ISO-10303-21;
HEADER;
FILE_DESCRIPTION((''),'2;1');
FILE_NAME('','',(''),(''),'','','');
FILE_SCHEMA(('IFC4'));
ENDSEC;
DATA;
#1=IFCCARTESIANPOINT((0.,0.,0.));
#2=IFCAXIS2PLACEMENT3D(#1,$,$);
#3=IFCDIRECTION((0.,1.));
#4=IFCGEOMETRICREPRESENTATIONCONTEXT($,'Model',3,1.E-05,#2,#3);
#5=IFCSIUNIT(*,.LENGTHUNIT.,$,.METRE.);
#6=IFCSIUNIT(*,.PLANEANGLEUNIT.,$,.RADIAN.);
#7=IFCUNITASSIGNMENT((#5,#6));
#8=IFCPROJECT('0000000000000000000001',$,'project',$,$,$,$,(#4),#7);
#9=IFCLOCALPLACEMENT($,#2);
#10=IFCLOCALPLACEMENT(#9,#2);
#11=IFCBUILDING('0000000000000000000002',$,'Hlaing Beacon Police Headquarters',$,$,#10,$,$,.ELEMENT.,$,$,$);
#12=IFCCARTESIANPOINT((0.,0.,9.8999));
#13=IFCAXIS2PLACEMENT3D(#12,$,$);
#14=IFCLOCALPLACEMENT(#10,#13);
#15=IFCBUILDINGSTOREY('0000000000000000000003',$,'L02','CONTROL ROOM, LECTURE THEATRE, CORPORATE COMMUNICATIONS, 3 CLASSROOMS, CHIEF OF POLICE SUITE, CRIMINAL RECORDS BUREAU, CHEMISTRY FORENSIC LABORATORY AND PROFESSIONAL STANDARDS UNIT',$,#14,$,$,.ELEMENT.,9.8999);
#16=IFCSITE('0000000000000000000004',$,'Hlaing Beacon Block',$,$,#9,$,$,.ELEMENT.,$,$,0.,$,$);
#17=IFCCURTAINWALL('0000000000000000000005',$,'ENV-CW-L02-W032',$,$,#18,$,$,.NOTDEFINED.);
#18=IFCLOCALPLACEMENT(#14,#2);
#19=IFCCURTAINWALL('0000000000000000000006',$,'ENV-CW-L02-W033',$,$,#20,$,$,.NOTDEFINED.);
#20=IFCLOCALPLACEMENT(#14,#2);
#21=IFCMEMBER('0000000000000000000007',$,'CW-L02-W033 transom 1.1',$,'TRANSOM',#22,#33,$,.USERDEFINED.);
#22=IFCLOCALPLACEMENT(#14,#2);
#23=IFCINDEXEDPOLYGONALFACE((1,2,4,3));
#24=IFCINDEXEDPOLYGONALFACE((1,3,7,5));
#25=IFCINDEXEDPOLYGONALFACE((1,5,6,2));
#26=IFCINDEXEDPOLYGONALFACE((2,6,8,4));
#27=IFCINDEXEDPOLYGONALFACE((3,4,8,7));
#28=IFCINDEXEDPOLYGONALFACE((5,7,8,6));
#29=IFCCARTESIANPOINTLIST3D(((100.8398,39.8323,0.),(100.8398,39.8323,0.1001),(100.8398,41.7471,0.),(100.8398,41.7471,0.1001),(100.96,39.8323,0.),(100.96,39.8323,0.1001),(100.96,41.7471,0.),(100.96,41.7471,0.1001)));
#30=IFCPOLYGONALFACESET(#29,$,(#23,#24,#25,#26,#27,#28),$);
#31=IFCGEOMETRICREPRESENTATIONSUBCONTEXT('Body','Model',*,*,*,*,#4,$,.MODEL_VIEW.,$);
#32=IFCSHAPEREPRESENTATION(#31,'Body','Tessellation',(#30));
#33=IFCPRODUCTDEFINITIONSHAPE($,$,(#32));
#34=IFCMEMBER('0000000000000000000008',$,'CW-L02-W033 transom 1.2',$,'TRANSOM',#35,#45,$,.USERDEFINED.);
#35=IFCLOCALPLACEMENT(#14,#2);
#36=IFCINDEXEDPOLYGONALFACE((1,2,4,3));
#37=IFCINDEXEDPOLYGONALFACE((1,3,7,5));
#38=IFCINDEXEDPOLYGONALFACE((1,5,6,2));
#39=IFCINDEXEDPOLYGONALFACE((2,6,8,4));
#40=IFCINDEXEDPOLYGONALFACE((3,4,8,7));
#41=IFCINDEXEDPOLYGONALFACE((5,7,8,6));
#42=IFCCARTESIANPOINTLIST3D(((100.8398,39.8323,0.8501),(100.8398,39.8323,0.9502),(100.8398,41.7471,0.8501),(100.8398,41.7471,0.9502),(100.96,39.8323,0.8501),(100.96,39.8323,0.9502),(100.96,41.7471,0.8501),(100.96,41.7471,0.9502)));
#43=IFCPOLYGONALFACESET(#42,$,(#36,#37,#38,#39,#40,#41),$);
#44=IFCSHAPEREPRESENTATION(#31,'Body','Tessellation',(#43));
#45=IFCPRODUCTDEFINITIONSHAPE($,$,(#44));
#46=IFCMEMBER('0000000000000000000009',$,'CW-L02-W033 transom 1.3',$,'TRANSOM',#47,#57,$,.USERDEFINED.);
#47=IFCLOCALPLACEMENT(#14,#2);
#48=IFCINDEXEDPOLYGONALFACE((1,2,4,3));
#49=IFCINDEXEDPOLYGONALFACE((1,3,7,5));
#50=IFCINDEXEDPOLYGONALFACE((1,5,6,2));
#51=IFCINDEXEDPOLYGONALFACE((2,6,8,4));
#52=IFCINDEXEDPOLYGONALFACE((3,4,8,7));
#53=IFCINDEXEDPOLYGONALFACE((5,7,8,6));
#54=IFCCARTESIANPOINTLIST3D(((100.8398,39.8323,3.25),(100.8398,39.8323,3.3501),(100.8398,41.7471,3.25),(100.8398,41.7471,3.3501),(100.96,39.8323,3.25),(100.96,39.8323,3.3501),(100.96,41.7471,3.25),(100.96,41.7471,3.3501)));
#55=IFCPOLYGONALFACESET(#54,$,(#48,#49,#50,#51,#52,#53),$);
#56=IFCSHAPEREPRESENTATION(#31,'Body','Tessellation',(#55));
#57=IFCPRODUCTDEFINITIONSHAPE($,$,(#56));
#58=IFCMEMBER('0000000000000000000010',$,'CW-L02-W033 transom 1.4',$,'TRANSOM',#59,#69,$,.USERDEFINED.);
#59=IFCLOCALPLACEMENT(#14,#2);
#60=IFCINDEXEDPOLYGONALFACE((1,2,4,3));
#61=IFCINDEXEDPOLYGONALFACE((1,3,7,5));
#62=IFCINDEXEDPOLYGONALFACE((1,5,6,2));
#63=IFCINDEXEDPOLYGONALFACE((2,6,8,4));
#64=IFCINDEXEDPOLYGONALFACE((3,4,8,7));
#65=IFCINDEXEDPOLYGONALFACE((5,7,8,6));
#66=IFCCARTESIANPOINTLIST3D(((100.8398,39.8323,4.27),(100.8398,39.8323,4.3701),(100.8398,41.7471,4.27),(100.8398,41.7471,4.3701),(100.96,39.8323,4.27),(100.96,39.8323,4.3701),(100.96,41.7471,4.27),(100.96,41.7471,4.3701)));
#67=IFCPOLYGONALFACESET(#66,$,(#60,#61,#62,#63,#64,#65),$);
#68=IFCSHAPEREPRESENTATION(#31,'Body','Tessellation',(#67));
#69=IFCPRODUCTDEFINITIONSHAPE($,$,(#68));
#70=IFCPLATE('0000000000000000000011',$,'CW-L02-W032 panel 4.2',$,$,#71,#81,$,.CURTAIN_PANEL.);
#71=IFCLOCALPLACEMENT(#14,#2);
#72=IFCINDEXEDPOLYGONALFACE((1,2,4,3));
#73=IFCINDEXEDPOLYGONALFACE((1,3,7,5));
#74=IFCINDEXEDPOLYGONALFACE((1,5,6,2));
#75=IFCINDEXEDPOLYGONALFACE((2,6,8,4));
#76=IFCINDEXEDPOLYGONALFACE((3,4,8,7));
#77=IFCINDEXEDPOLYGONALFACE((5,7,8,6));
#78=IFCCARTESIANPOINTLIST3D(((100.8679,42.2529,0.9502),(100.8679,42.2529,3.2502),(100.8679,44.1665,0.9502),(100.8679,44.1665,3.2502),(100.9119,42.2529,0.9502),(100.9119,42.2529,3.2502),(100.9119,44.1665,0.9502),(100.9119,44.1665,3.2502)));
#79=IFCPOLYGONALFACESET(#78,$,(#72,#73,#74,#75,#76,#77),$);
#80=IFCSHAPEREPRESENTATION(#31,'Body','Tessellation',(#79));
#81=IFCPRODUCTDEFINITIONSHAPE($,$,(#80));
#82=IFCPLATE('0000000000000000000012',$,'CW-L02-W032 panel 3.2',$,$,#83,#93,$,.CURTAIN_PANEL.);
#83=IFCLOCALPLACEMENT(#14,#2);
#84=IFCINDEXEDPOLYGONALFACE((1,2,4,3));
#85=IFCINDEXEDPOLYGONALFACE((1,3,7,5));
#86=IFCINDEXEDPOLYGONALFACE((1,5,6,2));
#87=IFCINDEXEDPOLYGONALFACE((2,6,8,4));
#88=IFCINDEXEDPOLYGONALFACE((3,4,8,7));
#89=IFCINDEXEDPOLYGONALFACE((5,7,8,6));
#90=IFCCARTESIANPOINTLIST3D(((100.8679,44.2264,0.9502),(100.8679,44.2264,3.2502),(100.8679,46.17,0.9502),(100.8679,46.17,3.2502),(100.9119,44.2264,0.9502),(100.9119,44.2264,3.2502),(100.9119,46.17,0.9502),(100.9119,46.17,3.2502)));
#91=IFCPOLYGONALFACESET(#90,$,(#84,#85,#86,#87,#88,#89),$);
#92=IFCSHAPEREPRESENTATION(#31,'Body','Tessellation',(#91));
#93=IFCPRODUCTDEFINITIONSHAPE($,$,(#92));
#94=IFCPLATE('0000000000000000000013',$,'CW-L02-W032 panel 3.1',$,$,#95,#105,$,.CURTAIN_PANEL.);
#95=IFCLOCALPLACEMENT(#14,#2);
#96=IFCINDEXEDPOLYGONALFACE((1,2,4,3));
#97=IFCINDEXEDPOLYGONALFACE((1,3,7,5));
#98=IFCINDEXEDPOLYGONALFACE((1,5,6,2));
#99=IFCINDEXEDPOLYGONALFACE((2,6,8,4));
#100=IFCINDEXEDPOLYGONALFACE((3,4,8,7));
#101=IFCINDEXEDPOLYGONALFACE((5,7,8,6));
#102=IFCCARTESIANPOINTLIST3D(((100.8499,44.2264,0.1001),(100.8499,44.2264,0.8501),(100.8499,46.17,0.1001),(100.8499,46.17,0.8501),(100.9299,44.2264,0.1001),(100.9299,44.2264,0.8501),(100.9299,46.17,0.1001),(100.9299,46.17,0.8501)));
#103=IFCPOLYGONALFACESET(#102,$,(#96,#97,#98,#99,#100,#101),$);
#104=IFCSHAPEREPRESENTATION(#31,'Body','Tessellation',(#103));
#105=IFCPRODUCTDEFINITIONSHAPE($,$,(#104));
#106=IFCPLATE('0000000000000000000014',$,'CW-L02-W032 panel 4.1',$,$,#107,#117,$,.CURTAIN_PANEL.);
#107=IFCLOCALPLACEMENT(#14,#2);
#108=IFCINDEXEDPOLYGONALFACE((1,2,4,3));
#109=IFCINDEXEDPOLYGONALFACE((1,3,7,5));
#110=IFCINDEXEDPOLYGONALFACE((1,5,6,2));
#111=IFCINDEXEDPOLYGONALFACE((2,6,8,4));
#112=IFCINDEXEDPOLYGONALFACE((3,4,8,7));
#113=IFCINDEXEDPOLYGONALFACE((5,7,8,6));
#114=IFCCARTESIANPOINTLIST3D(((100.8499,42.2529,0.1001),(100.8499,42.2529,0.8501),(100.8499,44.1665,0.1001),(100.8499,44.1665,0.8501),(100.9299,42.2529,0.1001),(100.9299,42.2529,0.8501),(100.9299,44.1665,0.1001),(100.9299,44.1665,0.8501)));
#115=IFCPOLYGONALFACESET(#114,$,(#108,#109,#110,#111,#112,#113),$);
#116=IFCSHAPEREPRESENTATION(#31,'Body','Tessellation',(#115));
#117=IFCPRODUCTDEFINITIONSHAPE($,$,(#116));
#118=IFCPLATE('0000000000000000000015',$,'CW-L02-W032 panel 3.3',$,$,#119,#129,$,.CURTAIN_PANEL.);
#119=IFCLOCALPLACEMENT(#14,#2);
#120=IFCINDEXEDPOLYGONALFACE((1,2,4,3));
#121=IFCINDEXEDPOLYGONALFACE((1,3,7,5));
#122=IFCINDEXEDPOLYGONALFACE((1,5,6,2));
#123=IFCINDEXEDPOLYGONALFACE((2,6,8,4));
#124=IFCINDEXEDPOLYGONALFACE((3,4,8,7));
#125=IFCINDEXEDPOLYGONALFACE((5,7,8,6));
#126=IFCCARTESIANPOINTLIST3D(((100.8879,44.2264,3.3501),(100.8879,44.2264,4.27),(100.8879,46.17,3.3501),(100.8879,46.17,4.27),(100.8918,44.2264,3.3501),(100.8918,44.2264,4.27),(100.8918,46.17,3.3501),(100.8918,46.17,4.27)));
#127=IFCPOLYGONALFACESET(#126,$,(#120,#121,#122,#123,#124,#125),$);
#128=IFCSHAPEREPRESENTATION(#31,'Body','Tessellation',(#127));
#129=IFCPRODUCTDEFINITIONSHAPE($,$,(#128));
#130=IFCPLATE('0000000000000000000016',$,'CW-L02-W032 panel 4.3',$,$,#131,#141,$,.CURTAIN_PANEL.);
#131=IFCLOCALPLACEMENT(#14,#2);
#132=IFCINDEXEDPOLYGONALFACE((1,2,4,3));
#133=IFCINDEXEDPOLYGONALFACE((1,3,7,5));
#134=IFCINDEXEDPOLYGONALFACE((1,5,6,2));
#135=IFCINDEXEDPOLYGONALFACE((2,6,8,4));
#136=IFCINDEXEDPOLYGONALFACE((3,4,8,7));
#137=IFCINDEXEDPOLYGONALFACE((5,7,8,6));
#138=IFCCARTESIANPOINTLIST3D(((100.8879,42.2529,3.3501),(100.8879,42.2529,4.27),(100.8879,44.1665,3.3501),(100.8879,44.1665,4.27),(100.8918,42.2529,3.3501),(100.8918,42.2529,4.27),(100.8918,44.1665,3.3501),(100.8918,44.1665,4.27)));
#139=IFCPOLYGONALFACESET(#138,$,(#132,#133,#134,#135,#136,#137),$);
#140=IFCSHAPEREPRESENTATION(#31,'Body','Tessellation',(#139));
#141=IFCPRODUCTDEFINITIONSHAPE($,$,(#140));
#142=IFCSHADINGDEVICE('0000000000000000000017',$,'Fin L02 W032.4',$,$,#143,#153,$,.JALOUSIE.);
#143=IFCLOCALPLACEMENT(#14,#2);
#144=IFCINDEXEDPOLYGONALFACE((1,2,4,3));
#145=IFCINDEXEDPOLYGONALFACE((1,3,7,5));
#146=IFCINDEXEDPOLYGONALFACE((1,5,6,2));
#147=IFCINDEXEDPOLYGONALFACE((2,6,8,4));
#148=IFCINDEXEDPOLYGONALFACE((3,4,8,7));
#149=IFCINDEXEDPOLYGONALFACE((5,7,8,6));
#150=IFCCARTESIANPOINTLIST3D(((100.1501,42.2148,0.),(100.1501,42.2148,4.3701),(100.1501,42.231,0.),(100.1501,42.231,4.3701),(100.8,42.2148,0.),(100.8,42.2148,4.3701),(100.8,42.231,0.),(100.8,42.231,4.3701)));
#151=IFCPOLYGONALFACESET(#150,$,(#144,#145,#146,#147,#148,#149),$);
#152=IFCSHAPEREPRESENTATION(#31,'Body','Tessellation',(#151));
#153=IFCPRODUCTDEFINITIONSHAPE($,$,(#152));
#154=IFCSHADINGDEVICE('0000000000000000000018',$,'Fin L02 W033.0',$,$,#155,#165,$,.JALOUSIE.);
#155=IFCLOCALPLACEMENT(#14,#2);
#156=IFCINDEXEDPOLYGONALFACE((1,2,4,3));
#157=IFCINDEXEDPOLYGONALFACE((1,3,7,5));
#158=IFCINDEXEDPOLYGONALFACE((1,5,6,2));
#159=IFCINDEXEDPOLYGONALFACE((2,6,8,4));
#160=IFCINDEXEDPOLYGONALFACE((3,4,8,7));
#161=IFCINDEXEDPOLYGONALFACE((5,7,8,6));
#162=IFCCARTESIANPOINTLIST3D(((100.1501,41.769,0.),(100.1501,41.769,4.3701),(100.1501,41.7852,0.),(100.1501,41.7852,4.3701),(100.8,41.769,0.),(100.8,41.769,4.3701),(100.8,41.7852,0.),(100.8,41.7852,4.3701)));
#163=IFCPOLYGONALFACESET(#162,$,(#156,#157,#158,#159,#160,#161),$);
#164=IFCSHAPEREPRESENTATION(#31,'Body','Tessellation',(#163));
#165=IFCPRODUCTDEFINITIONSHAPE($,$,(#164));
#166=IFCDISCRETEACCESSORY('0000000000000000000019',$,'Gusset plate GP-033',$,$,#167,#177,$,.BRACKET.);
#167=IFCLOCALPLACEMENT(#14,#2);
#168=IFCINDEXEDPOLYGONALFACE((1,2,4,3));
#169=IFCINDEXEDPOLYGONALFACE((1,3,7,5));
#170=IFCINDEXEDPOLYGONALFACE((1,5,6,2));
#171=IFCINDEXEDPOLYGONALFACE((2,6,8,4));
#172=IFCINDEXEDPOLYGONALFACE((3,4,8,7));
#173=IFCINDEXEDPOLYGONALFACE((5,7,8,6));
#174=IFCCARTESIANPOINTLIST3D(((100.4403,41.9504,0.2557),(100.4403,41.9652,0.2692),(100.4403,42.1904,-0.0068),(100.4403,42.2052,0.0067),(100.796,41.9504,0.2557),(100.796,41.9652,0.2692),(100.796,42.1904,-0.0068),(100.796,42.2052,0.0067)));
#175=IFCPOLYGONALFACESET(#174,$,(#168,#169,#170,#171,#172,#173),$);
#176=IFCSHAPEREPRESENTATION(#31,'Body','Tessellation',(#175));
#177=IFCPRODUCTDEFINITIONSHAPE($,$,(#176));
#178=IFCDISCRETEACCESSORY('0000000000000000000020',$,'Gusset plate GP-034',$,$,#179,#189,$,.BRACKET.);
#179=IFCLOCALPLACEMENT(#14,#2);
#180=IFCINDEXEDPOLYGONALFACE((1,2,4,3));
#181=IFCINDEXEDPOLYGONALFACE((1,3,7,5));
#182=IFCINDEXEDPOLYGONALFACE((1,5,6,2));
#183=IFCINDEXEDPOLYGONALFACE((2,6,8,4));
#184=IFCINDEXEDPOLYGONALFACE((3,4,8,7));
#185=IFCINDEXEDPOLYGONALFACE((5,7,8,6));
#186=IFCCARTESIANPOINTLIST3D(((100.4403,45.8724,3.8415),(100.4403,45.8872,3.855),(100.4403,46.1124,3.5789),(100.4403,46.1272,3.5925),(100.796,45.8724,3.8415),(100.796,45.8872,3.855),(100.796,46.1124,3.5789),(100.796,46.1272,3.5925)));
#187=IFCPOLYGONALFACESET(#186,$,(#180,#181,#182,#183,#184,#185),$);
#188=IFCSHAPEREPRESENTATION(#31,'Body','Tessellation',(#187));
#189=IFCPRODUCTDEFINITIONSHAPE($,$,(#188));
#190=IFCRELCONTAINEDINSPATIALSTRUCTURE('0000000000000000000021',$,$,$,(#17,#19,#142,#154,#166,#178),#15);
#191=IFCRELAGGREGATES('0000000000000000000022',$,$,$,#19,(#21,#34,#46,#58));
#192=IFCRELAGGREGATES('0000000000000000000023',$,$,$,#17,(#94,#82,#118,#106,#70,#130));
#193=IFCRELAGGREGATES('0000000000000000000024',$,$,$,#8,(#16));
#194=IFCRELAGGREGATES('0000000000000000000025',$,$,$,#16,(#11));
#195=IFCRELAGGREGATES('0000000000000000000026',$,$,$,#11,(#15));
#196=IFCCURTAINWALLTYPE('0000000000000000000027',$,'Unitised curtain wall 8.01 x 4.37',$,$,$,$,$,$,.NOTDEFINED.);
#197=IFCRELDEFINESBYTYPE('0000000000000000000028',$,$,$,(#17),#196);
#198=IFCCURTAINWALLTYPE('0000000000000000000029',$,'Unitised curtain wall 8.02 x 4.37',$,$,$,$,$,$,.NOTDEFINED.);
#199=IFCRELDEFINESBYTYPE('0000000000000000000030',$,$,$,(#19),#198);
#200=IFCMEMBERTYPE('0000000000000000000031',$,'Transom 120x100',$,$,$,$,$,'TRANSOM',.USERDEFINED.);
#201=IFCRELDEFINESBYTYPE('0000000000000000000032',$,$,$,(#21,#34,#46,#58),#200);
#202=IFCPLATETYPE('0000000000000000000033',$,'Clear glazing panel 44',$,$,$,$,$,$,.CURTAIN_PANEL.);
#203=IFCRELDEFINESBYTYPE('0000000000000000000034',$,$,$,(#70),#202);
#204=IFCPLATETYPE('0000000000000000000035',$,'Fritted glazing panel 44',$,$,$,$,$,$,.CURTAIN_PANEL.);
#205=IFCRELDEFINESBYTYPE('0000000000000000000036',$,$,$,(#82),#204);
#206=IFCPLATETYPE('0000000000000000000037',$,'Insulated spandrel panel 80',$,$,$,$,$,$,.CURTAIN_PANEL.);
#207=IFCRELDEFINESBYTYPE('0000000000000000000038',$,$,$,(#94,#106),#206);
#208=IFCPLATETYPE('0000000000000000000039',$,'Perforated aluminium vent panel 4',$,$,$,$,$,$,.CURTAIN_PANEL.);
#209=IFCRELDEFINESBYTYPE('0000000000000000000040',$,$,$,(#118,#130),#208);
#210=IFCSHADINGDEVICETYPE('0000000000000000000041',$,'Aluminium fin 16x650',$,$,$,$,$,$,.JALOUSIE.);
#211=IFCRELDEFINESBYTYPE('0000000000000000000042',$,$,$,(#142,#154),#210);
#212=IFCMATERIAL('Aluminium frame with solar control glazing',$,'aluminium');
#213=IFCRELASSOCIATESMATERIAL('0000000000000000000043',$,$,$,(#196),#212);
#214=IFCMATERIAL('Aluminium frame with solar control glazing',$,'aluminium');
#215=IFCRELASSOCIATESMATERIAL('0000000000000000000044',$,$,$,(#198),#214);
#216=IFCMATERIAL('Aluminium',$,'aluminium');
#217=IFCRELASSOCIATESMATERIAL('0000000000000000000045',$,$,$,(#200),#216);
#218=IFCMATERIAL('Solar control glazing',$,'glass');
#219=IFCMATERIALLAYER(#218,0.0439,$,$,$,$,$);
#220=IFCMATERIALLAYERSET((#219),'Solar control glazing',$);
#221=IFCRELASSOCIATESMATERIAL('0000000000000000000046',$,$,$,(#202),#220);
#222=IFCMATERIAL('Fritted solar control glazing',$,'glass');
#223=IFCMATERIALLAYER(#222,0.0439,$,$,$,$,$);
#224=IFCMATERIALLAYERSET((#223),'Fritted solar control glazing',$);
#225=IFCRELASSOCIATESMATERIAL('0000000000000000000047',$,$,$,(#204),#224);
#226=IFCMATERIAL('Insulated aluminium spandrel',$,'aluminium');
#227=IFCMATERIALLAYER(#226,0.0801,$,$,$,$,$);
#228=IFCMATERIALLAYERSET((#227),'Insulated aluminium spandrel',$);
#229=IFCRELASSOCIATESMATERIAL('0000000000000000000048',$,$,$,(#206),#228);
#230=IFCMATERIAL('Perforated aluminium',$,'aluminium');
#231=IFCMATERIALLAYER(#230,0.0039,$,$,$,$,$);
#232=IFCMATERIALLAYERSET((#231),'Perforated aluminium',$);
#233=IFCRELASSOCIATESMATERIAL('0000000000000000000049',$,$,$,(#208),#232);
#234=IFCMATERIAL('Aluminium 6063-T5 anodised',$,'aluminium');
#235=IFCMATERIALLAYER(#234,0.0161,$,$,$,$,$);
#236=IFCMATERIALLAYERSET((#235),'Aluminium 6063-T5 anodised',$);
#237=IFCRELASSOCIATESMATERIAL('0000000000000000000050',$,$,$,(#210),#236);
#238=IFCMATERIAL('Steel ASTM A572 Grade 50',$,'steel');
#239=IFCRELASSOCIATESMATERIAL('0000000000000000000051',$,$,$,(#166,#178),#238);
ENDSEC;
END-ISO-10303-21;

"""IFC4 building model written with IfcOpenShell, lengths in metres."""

from ifc_helpers import new_model, si_unit, direction, frame, origin, origin_2d, place, context, subcontext, project, spatial, rectangle, extrude, material, layer, layer_set, material_profile, profile_set, type_object, element, aggregate, save


model = new_model("IFC4")

# Units and contexts
model_context = context("Model", 3, precision=1e-05, world=origin(), true_north=direction((0.0, 1.0)))
body_context = subcontext(model_context, "Body", "Model", "MODEL_VIEW")
ifc_project = project(units=[si_unit("LENGTHUNIT", "METRE"), si_unit("PLANEANGLEUNIT", "RADIAN")], contexts=[model_context])

# Site, building, storey
site_placement = place(None, origin())
site = spatial("IfcSite", under=ifc_project, at=site_placement, Name="Hlaing Beacon Block", CompositionType="ELEMENT", RefElevation=0.0)
building_placement = place(site_placement, origin())
building = spatial("IfcBuilding", under=site, at=building_placement, Name="Hlaing Beacon Police Headquarters", CompositionType="ELEMENT")
storey_placement = place(building_placement, frame((0.0, 0.0, 9.8999)))
storey = spatial("IfcBuildingStorey", under=building, at=storey_placement, Name="L02", Description="CONTROL ROOM, LECTURE THEATRE, CORPORATE COMMUNICATIONS, 3 CLASSROOMS, CHIEF OF POLICE SUITE, CRIMINAL RECORDS BUREAU, CHEMISTRY FORENSIC LABORATORY AND PROFESSIONAL STANDARDS UNIT", CompositionType="ELEMENT", Elevation=9.8999)

# Curtain walls
ifc_material_1 = material(Name="Aluminium frame with solar control glazing", Category="aluminium")
curtain_wall_type_1 = type_object("IfcCurtainWallType", Name="Unitised curtain wall 8.01 x 4.37", PredefinedType="NOTDEFINED", material=ifc_material_1)
curtain_wall_1_placement = place(storey_placement, origin())
curtain_wall_1 = element("IfcCurtainWall", 1, at=curtain_wall_1_placement, inside=storey, type_object=curtain_wall_type_1, Name="ENV-CW-L02-W032", PredefinedType="NOTDEFINED")
ifc_material_2 = material(Name="Aluminium frame with solar control glazing", Category="aluminium")
curtain_wall_type_2 = type_object("IfcCurtainWallType", Name="Unitised curtain wall 8.02 x 4.37", PredefinedType="NOTDEFINED", material=ifc_material_2)
curtain_wall_2_placement = place(storey_placement, origin())
curtain_wall_2 = element("IfcCurtainWall", 2, at=curtain_wall_2_placement, inside=storey, type_object=curtain_wall_type_2, Name="ENV-CW-L02-W033", PredefinedType="NOTDEFINED")

# Members
ifc_material_3 = material(Name="Aluminium", Category="aluminium")
ifc_material_profile_1 = material_profile(ifc_material_3, rectangle(XDim=0.1201, YDim=0.1001, at=origin_2d()), Name="Transom 120x100")
ifc_profile_set_1 = profile_set([ifc_material_profile_1], Name="Aluminium")
member_type_1 = type_object("IfcMemberType", Name="Transom 120x100", ElementType="TRANSOM", PredefinedType="USERDEFINED", material=ifc_profile_set_1)
member_1_placement = place(storey_placement, frame((100.8999, 41.7471, 0.05), z_axis=(0.0, -1.0, 0.0), x_axis=(1.0, 0.0, 0.0)))
member_1 = element("IfcMember", 3, at=member_1_placement, type_object=member_type_1, Name="CW-L02-W033 transom 1.1", ObjectType="TRANSOM", PredefinedType="USERDEFINED", context=body_context, shape_type="SweptSolid", body=[
    extrude(rectangle(XDim=0.1201, YDim=0.1001, at=origin_2d()), origin(), (0.0, 0.0, 1.0), 1.9148),
])
member_2_placement = place(storey_placement, frame((100.8999, 41.7471, 0.9001), z_axis=(0.0, -1.0, 0.0), x_axis=(1.0, 0.0, 0.0)))
member_2 = element("IfcMember", 4, at=member_2_placement, type_object=member_type_1, Name="CW-L02-W033 transom 1.2", ObjectType="TRANSOM", PredefinedType="USERDEFINED", context=body_context, shape_type="SweptSolid", body=[
    extrude(rectangle(XDim=0.1201, YDim=0.1001, at=origin_2d()), origin(), (0.0, 0.0, 1.0), 1.9148),
])
member_3_placement = place(storey_placement, frame((100.8999, 41.7471, 3.3), z_axis=(0.0, -1.0, 0.0), x_axis=(1.0, 0.0, 0.0)))
member_3 = element("IfcMember", 5, at=member_3_placement, type_object=member_type_1, Name="CW-L02-W033 transom 1.3", ObjectType="TRANSOM", PredefinedType="USERDEFINED", context=body_context, shape_type="SweptSolid", body=[
    extrude(rectangle(XDim=0.1201, YDim=0.1001, at=origin_2d()), origin(), (0.0, 0.0, 1.0), 1.9148),
])
member_4_placement = place(storey_placement, frame((100.8999, 41.7471, 4.3201), z_axis=(0.0, -1.0, 0.0), x_axis=(1.0, 0.0, 0.0)))
member_4 = element("IfcMember", 6, at=member_4_placement, type_object=member_type_1, Name="CW-L02-W033 transom 1.4", ObjectType="TRANSOM", PredefinedType="USERDEFINED", context=body_context, shape_type="SweptSolid", body=[
    extrude(rectangle(XDim=0.1201, YDim=0.1001, at=origin_2d()), origin(), (0.0, 0.0, 1.0), 1.9148),
])
aggregate(curtain_wall_2, [member_1, member_2, member_3, member_4])

# Plates
ifc_material_4 = material(Name="Solar control glazing", Category="glass")
ifc_layer_1 = layer(ifc_material_4, 0.0439)
ifc_layer_set_1 = layer_set([ifc_layer_1], Name="Solar control glazing")
plate_type_1 = type_object("IfcPlateType", Name="Clear glazing panel 44", PredefinedType="CURTAIN_PANEL", material=ifc_layer_set_1)
plate_1_placement = place(storey_placement, frame((100.8899, 43.2097, 0.9502), z_axis=(0.0, 0.0, 1.0), x_axis=(0.0, -1.0, 0.0)))
plate_1 = element("IfcPlate", 7, at=plate_1_placement, type_object=plate_type_1, Name="CW-L02-W032 panel 4.2", PredefinedType="CURTAIN_PANEL", context=body_context, shape_type="SweptSolid", body=[
    extrude(rectangle(XDim=1.9136, YDim=0.0439, at=origin_2d()), origin(), (0.0, 0.0, 1.0), 2.3),
])
ifc_material_5 = material(Name="Fritted solar control glazing", Category="glass")
ifc_layer_2 = layer(ifc_material_5, 0.0439)
ifc_layer_set_2 = layer_set([ifc_layer_2], Name="Fritted solar control glazing")
plate_type_2 = type_object("IfcPlateType", Name="Fritted glazing panel 44", PredefinedType="CURTAIN_PANEL", material=ifc_layer_set_2)
plate_2_placement = place(storey_placement, frame((100.8899, 45.1982, 0.9502), z_axis=(0.0, 0.0, 1.0), x_axis=(0.0, -1.0, 0.0)))
plate_2 = element("IfcPlate", 8, at=plate_2_placement, type_object=plate_type_2, Name="CW-L02-W032 panel 3.2", PredefinedType="CURTAIN_PANEL", context=body_context, shape_type="SweptSolid", body=[
    extrude(rectangle(XDim=1.9436, YDim=0.0439, at=origin_2d()), origin(), (0.0, 0.0, 1.0), 2.3),
])
ifc_material_6 = material(Name="Insulated aluminium spandrel", Category="aluminium")
ifc_layer_3 = layer(ifc_material_6, 0.0801)
ifc_layer_set_3 = layer_set([ifc_layer_3], Name="Insulated aluminium spandrel")
plate_type_3 = type_object("IfcPlateType", Name="Insulated spandrel panel 80", PredefinedType="CURTAIN_PANEL", material=ifc_layer_set_3)
plate_3_placement = place(storey_placement, frame((100.8899, 45.1982, 0.1001), z_axis=(0.0, 0.0, 1.0), x_axis=(0.0, -1.0, 0.0)))
plate_3 = element("IfcPlate", 9, at=plate_3_placement, type_object=plate_type_3, Name="CW-L02-W032 panel 3.1", PredefinedType="CURTAIN_PANEL", context=body_context, shape_type="SweptSolid", body=[
    extrude(rectangle(XDim=1.9436, YDim=0.0801, at=origin_2d()), origin(), (0.0, 0.0, 1.0), 0.75),
])
plate_4_placement = place(storey_placement, frame((100.8899, 43.2097, 0.1001), z_axis=(0.0, 0.0, 1.0), x_axis=(0.0, -1.0, 0.0)))
plate_4 = element("IfcPlate", 10, at=plate_4_placement, type_object=plate_type_3, Name="CW-L02-W032 panel 4.1", PredefinedType="CURTAIN_PANEL", context=body_context, shape_type="SweptSolid", body=[
    extrude(rectangle(XDim=1.9136, YDim=0.0801, at=origin_2d()), origin(), (0.0, 0.0, 1.0), 0.75),
])
ifc_material_7 = material(Name="Perforated aluminium", Category="aluminium")
ifc_layer_4 = layer(ifc_material_7, 0.0039)
ifc_layer_set_4 = layer_set([ifc_layer_4], Name="Perforated aluminium")
plate_type_4 = type_object("IfcPlateType", Name="Perforated aluminium vent panel 4", PredefinedType="CURTAIN_PANEL", material=ifc_layer_set_4)
plate_5_placement = place(storey_placement, frame((100.8899, 45.1982, 3.3501), z_axis=(0.0, 0.0, 1.0), x_axis=(0.0, -1.0, 0.0)))
plate_5 = element("IfcPlate", 11, at=plate_5_placement, type_object=plate_type_4, Name="CW-L02-W032 panel 3.3", PredefinedType="CURTAIN_PANEL", context=body_context, shape_type="SweptSolid", body=[
    extrude(rectangle(XDim=1.9436, YDim=0.0039, at=origin_2d()), origin(), (0.0, 0.0, 1.0), 0.9199),
])
plate_6_placement = place(storey_placement, frame((100.8899, 43.2097, 3.3501), z_axis=(0.0, 0.0, 1.0), x_axis=(0.0, -1.0, 0.0)))
plate_6 = element("IfcPlate", 12, at=plate_6_placement, type_object=plate_type_4, Name="CW-L02-W032 panel 4.3", PredefinedType="CURTAIN_PANEL", context=body_context, shape_type="SweptSolid", body=[
    extrude(rectangle(XDim=1.9136, YDim=0.0039, at=origin_2d()), origin(), (0.0, 0.0, 1.0), 0.9199),
])
aggregate(curtain_wall_1, [plate_3, plate_2, plate_5, plate_4, plate_1, plate_6])

# Shading devices
ifc_material_8 = material(Name="Aluminium 6063-T5 anodised", Category="aluminium")
ifc_layer_5 = layer(ifc_material_8, 0.0161)
ifc_layer_set_5 = layer_set([ifc_layer_5], Name="Aluminium 6063-T5 anodised")
shading_device_type = type_object("IfcShadingDeviceType", Name="Aluminium fin 16x650", PredefinedType="JALOUSIE", material=ifc_layer_set_5)
for number, where, z_axis, x_axis, name in (
    (13, (100.4751, 42.2229, 0.0), (0.0, 0.0, 1.0), (0.0, -1.0, 0.0), "Fin L02 W032.4"),
    (14, (100.4751, 41.7771, 0.0), (0.0, 0.0, 1.0), (0.0, -1.0, 0.0), "Fin L02 W033.0"),
):
    element("IfcShadingDevice", number, at=place(storey_placement, frame(where, z_axis=z_axis, x_axis=x_axis)), inside=storey, type_object=shading_device_type, Name=name, PredefinedType="JALOUSIE", context=body_context, shape_type="SweptSolid", body=[
        extrude(rectangle(XDim=0.0161, YDim=0.6499, at=origin_2d()), origin(), (0.0, 0.0, 1.0), 4.3701),
    ])

# Discrete accessories
ifc_material_9 = material(Name="Steel ASTM A572 Grade 50", Category="steel")
for number, where, z_axis, x_axis, name in (
    (15, (100.6182, 42.0852, 0.1379), (0.0, -0.738029, -0.674769), (1.0, 0.0, 0.0), "Gusset plate GP-033"),
    (16, (100.6182, 45.9924, 3.7102), (0.0, 0.738029, 0.674769), (-1.0, 0.0, 0.0), "Gusset plate GP-034"),
):
    element("IfcDiscreteAccessory", number, at=place(storey_placement, frame(where, z_axis=z_axis, x_axis=x_axis)), inside=storey, material=ifc_material_9, Name=name, PredefinedType="BRACKET", context=body_context, shape_type="SweptSolid", body=[
        extrude(rectangle(XDim=0.3557, YDim=0.3557, at=origin_2d()), origin(), (0.0, 0.0, 1.0), 0.02),
    ])

save(model, "model.ifc")
